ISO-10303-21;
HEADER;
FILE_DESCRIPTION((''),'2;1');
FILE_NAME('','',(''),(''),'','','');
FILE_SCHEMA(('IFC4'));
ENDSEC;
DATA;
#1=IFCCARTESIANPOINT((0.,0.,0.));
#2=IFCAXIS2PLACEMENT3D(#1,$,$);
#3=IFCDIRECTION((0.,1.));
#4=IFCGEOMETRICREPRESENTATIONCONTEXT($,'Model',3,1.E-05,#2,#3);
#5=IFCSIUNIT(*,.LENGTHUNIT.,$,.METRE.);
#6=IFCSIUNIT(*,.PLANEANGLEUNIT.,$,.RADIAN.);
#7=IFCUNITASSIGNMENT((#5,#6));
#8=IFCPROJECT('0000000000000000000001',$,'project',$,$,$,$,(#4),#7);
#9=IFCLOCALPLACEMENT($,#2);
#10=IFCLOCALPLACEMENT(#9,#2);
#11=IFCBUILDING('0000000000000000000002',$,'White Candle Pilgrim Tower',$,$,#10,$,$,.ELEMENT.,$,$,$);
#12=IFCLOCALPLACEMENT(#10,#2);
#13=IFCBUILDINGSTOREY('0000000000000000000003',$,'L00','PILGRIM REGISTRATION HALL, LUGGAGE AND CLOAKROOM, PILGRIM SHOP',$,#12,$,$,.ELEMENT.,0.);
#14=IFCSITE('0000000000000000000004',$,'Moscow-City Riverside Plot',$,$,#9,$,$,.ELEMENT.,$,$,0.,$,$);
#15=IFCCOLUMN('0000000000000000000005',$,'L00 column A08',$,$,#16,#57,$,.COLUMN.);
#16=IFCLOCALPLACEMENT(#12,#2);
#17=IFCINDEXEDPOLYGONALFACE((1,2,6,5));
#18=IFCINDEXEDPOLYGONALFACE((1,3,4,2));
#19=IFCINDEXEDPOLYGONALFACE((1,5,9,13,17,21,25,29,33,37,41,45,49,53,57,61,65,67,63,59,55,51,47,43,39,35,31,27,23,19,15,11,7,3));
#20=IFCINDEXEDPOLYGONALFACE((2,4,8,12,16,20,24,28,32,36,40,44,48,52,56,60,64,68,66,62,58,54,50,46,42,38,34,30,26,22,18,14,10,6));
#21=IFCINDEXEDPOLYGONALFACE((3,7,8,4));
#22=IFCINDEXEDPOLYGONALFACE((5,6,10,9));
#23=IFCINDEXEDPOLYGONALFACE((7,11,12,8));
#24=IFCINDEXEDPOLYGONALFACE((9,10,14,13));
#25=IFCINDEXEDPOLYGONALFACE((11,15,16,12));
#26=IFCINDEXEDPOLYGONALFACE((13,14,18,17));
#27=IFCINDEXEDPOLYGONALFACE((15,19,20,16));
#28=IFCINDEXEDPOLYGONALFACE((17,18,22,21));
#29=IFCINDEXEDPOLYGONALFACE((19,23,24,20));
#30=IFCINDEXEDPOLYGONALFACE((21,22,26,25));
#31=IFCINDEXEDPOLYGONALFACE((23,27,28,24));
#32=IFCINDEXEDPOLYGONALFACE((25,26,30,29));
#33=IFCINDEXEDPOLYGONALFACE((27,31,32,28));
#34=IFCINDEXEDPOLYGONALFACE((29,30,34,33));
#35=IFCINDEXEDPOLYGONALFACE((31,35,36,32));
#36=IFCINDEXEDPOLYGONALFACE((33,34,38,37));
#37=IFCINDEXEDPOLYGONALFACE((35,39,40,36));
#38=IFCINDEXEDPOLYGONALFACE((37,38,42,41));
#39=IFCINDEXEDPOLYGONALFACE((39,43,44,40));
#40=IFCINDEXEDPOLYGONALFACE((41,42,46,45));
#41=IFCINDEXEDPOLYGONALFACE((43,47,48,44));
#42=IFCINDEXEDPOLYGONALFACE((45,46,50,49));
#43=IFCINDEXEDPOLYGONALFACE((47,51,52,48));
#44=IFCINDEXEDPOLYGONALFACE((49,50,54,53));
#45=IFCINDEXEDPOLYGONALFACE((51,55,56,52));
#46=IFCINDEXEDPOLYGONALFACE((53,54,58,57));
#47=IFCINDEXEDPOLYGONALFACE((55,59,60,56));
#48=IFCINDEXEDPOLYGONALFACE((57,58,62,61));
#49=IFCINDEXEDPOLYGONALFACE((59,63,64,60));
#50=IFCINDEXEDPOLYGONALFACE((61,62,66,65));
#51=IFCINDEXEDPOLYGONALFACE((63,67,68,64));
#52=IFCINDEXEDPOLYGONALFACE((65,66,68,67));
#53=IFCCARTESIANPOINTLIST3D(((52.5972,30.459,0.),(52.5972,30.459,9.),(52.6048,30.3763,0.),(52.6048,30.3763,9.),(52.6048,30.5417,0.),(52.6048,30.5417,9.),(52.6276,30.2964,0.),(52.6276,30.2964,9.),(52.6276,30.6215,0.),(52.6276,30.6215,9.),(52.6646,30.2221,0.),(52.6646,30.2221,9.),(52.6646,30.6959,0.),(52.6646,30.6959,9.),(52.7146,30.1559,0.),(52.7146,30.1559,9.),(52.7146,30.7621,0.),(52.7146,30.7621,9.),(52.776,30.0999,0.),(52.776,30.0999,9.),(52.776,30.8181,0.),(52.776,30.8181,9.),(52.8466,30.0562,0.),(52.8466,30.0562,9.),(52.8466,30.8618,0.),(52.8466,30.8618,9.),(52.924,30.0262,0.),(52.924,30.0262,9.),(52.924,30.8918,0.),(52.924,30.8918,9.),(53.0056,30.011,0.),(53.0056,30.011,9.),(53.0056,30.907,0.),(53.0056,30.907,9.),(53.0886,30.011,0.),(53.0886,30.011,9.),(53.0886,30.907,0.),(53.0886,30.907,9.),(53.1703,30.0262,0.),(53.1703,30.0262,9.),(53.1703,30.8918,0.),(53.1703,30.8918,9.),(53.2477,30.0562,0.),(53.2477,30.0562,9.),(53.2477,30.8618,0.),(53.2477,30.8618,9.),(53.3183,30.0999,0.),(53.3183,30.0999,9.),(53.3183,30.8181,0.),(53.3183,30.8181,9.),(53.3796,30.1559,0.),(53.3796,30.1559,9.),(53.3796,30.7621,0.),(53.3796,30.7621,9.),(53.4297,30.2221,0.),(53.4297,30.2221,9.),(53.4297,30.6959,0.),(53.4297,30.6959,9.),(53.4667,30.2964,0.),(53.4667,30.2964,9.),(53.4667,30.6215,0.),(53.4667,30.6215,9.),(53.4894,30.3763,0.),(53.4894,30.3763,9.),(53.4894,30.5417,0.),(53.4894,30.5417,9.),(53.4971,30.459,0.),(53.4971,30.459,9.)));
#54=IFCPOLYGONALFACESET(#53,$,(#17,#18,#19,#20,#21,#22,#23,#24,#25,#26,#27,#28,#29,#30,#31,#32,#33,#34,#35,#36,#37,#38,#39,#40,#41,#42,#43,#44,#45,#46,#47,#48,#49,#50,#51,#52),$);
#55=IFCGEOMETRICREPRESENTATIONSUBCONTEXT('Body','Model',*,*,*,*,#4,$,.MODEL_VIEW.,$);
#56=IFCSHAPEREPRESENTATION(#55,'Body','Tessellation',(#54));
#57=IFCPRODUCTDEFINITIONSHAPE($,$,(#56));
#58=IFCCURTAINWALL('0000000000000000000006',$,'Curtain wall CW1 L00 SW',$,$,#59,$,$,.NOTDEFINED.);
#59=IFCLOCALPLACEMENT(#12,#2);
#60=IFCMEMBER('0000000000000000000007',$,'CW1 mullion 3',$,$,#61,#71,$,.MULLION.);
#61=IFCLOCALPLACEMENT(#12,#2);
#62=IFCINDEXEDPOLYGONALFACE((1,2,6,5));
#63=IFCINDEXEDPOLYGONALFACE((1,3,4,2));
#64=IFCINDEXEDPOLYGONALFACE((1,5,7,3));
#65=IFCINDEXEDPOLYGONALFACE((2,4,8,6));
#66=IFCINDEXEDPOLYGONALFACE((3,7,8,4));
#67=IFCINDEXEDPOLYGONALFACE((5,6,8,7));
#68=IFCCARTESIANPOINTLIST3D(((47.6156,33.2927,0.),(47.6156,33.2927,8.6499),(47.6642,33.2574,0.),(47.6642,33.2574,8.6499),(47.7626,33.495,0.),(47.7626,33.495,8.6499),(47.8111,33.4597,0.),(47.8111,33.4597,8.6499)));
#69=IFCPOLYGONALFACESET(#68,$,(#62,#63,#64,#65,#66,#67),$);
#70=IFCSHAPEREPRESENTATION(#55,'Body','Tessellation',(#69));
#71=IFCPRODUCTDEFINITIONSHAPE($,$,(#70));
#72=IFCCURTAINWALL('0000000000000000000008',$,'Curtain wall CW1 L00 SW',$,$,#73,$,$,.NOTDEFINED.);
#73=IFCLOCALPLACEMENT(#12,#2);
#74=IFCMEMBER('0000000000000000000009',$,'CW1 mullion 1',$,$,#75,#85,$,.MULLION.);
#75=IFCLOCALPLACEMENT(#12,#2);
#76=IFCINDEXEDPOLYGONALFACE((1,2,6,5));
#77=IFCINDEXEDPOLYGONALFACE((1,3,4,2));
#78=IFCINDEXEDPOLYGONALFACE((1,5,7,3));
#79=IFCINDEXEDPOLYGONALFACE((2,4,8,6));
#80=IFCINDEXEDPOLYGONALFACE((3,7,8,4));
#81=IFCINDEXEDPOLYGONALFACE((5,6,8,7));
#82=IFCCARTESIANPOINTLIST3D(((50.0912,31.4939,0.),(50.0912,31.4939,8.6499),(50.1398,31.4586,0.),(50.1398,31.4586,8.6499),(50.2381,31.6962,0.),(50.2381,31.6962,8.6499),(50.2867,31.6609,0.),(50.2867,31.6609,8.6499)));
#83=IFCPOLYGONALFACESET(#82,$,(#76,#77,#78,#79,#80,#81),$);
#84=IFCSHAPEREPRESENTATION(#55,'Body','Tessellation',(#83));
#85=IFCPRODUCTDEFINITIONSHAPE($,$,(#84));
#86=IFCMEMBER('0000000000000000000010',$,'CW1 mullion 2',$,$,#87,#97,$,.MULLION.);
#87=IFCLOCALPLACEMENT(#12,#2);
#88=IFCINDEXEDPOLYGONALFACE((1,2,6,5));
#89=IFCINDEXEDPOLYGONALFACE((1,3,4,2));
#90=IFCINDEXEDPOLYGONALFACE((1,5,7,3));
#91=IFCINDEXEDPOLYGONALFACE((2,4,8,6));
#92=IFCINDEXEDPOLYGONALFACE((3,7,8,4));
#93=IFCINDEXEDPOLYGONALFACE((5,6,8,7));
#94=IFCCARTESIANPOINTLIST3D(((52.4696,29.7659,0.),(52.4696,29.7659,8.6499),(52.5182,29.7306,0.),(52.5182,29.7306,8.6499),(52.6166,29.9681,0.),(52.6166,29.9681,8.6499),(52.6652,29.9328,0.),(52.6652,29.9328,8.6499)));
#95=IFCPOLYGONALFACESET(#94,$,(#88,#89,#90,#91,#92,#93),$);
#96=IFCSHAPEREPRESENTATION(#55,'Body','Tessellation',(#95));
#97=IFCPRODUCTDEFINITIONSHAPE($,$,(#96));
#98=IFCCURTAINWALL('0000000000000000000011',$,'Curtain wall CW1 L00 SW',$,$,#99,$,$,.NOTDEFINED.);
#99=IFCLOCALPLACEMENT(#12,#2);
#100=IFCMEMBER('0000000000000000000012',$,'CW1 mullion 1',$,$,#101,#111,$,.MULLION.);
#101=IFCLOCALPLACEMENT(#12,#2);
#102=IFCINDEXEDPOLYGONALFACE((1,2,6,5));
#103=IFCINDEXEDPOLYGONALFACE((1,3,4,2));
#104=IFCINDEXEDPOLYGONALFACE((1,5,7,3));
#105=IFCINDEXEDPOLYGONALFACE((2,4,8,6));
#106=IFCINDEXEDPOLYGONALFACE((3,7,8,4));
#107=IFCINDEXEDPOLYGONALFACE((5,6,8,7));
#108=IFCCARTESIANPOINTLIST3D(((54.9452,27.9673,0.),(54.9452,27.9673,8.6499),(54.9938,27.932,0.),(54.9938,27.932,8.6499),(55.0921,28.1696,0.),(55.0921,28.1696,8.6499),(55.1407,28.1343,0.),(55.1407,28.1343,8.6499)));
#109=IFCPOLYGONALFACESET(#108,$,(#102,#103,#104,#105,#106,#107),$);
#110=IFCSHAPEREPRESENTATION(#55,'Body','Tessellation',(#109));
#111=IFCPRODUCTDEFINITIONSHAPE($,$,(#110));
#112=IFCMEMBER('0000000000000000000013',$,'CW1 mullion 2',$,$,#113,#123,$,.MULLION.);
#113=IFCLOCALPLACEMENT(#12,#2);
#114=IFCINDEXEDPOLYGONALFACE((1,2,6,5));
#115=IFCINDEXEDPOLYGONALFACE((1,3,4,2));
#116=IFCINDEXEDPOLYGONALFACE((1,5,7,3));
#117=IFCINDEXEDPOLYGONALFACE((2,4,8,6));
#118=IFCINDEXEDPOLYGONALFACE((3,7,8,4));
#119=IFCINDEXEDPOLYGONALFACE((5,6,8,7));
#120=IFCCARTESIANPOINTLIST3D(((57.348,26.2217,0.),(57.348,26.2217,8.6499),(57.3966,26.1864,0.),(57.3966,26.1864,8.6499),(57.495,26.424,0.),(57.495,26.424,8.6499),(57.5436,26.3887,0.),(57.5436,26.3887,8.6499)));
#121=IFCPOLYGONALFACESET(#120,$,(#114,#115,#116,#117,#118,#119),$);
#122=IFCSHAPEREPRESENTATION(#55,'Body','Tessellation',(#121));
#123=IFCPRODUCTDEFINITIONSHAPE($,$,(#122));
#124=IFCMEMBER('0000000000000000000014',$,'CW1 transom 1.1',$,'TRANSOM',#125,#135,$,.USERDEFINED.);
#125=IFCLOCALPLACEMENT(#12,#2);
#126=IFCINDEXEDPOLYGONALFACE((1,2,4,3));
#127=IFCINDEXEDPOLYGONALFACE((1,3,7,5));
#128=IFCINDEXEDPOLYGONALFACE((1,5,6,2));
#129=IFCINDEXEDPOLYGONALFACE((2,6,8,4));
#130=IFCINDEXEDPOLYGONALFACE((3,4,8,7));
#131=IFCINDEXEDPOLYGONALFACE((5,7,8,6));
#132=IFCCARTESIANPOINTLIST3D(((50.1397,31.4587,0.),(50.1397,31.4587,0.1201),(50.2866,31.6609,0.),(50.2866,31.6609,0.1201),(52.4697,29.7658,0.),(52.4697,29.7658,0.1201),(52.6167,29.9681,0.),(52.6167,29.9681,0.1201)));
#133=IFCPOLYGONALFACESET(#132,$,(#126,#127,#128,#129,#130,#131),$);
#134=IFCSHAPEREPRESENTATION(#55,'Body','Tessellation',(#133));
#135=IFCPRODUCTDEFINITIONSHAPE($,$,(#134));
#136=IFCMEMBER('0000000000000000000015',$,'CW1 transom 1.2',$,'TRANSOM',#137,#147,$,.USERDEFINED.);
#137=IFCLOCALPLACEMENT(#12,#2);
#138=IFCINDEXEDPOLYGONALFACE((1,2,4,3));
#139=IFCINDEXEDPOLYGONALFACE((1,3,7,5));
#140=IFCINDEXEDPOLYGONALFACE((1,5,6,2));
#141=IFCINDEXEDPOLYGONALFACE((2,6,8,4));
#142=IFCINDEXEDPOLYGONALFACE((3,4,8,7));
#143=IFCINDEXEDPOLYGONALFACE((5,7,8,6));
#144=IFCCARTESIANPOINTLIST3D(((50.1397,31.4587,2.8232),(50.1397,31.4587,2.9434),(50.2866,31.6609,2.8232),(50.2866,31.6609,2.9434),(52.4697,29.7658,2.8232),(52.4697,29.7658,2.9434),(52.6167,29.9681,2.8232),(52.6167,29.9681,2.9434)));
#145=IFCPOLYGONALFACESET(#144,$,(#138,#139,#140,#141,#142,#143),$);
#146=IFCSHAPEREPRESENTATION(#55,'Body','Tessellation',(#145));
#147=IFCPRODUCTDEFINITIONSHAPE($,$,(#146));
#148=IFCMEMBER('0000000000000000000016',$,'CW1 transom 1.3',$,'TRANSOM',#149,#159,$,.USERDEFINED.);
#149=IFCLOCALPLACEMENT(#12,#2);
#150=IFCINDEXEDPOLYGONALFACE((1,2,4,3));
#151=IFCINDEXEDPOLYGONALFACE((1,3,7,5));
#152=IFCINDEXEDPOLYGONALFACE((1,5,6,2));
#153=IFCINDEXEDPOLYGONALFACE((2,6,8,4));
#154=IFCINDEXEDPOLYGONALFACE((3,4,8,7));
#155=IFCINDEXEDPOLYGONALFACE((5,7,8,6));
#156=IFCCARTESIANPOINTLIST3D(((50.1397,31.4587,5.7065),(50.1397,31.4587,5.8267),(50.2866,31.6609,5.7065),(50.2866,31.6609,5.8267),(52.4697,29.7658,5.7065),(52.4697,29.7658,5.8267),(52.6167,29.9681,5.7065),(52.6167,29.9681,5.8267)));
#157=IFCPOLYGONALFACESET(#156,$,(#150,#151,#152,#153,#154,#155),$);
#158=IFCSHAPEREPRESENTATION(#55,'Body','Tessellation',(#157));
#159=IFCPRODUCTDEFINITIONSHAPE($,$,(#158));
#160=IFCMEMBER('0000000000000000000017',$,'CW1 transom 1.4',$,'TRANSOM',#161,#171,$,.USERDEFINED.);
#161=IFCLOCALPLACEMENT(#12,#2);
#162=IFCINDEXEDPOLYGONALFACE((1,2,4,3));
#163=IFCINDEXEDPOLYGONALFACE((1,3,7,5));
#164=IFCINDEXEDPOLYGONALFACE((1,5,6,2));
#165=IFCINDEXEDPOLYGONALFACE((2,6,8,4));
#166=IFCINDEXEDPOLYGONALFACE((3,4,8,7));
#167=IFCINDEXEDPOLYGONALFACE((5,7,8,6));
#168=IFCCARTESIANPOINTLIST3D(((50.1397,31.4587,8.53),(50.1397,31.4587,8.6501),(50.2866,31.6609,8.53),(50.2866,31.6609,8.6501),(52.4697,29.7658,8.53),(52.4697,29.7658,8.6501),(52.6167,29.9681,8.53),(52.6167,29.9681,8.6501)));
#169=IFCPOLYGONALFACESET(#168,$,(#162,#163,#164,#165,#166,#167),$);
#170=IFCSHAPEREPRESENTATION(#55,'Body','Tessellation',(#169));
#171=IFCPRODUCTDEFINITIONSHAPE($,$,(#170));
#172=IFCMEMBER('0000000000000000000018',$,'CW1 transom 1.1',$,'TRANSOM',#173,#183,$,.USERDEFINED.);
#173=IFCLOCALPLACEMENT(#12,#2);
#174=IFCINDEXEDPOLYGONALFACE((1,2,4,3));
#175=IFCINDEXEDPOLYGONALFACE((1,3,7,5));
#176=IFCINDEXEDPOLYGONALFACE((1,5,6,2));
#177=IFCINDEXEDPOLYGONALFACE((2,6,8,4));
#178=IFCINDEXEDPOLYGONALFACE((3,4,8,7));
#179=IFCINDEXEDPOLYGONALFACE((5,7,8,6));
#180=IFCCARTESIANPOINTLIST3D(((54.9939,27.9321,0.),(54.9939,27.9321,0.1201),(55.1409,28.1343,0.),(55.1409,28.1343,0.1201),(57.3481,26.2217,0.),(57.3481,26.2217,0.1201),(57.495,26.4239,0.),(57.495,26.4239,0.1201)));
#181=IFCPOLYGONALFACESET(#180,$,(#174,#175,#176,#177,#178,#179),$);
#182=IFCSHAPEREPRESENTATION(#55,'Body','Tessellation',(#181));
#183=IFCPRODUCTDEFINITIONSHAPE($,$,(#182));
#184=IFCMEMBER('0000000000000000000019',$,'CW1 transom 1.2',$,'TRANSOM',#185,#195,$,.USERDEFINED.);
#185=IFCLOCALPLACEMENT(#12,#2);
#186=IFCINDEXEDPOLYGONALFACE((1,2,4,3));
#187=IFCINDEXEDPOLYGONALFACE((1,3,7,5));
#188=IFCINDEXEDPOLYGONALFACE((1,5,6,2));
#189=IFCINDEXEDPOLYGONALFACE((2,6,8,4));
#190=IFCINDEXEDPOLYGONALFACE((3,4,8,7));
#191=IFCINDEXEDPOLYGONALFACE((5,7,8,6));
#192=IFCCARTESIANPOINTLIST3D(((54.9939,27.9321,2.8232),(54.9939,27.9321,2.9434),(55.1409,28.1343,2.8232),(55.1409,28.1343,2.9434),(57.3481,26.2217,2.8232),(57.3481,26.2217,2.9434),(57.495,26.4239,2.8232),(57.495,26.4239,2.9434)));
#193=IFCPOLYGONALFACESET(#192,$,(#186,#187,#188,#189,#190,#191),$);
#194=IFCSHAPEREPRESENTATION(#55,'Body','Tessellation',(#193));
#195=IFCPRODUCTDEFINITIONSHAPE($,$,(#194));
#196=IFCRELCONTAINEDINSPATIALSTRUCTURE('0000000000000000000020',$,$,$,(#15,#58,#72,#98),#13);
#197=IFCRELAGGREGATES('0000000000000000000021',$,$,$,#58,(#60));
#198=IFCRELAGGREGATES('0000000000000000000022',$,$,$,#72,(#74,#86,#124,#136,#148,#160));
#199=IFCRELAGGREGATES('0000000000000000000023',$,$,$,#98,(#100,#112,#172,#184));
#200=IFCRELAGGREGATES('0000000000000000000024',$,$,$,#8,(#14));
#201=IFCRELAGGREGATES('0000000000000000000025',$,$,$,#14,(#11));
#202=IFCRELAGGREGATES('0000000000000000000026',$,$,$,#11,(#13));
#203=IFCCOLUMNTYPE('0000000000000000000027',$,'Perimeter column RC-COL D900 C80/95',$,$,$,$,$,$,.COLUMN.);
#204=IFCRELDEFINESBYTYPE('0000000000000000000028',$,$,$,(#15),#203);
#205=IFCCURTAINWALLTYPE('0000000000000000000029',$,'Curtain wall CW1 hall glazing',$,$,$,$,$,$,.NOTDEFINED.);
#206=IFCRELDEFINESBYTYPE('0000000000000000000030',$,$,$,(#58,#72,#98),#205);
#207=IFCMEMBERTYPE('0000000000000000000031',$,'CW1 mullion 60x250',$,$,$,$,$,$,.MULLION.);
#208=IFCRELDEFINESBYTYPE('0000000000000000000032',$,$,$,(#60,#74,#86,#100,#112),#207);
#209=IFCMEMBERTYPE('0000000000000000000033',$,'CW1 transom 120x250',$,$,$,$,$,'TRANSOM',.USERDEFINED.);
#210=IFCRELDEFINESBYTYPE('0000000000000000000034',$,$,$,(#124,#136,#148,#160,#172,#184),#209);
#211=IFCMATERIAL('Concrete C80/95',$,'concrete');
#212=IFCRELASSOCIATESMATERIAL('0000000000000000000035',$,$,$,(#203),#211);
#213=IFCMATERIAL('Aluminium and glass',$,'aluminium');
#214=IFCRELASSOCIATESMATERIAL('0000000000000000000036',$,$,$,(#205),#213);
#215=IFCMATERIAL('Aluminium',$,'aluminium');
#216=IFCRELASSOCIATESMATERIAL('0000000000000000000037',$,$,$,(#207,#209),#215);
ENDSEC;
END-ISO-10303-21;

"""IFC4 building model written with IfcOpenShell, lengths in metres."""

from ifc_helpers import new_model, si_unit, direction, frame, origin, origin_2d, place, context, subcontext, project, spatial, rectangle, circle, extrude, material, material_profile, profile_set, type_object, element, aggregate, save


model = new_model("IFC4")

# Units and contexts
model_context = context("Model", 3, precision=1e-05, world=origin(), true_north=direction((0.0, 1.0)))
body_context = subcontext(model_context, "Body", "Model", "MODEL_VIEW")
ifc_project = project(units=[si_unit("LENGTHUNIT", "METRE"), si_unit("PLANEANGLEUNIT", "RADIAN")], contexts=[model_context])

# Site, building, storey
site_placement = place(None, origin())
site = spatial("IfcSite", under=ifc_project, at=site_placement, Name="Moscow-City Riverside Plot", CompositionType="ELEMENT", RefElevation=0.0)
building_placement = place(site_placement, origin())
building = spatial("IfcBuilding", under=site, at=building_placement, Name="White Candle Pilgrim Tower", CompositionType="ELEMENT")
storey_placement = place(building_placement, origin())
storey = spatial("IfcBuildingStorey", under=building, at=storey_placement, Name="L00", Description="PILGRIM REGISTRATION HALL, LUGGAGE AND CLOAKROOM, PILGRIM SHOP", CompositionType="ELEMENT", Elevation=0.0)

# Column
ifc_material_1 = material(Name="Concrete C80/95", Category="concrete")
ifc_material_profile_1 = material_profile(ifc_material_1, circle(Radius=0.45, at=origin_2d()), Name="RC-COL D900")
ifc_profile_set_1 = profile_set([ifc_material_profile_1], Name="Concrete C80/95")
column_type = type_object("IfcColumnType", Name="Perimeter column RC-COL D900 C80/95", PredefinedType="COLUMN", material=ifc_profile_set_1)
column_placement = place(storey_placement, frame((53.0471, 30.459, 0.0), z_axis=(0.0, 0.0, 1.0), x_axis=(1.0, 0.0, 0.0)))
element("IfcColumn", 1, at=column_placement, inside=storey, type_object=column_type, Name="L00 column A08", PredefinedType="COLUMN", context=body_context, shape_type="SweptSolid", body=[
    extrude(circle(Radius=0.45, at=origin_2d()), origin(), (0.0, 0.0, 1.0), 9.0),
])

# Curtain wall, member
ifc_material_2 = material(Name="Aluminium and glass", Category="aluminium")
curtain_wall_type = type_object("IfcCurtainWallType", Name="Curtain wall CW1 hall glazing", PredefinedType="NOTDEFINED", material=ifc_material_2)
curtain_wall_1_placement = place(storey_placement, origin())
curtain_wall_1 = element("IfcCurtainWall", 2, at=curtain_wall_1_placement, inside=storey, type_object=curtain_wall_type, Name="Curtain wall CW1 L00 SW", PredefinedType="NOTDEFINED")
ifc_material_3 = material(Name="Aluminium", Category="aluminium")
ifc_material_profile_2 = material_profile(ifc_material_3, rectangle(XDim=0.25, YDim=0.0601, at=origin_2d()), Name="CW1 mullion 60x250")
ifc_profile_set_2 = profile_set([ifc_material_profile_2], Name="Aluminium")
member_type_1 = type_object("IfcMemberType", Name="CW1 mullion 60x250", PredefinedType="MULLION", material=ifc_profile_set_2)
member_1_placement = place(storey_placement, frame((47.7134, 33.3762, 0.0), z_axis=(0.0, 0.0, 1.0), x_axis=(0.587785, 0.809017, 0.0)))
member_1 = element("IfcMember", 3, at=member_1_placement, type_object=member_type_1, Name="CW1 mullion 3", PredefinedType="MULLION", context=body_context, shape_type="SweptSolid", body=[
    extrude(rectangle(XDim=0.25, YDim=0.0601, at=origin_2d()), origin(), (0.0, 0.0, 1.0), 8.6499),
])
aggregate(curtain_wall_1, [member_1])

# Curtain walls, members
curtain_wall_2_placement = place(storey_placement, origin())
curtain_wall_2 = element("IfcCurtainWall", 4, at=curtain_wall_2_placement, inside=storey, type_object=curtain_wall_type, Name="Curtain wall CW1 L00 SW", PredefinedType="NOTDEFINED")
member_2_placement = place(storey_placement, frame((50.189, 31.5774, 0.0), z_axis=(0.0, 0.0, 1.0), x_axis=(0.587785, 0.809017, 0.0)))
member_2 = element("IfcMember", 5, at=member_2_placement, type_object=member_type_1, Name="CW1 mullion 1", PredefinedType="MULLION", context=body_context, shape_type="SweptSolid", body=[
    extrude(rectangle(XDim=0.25, YDim=0.0601, at=origin_2d()), origin(), (0.0, 0.0, 1.0), 8.6499),
])
member_3_placement = place(storey_placement, frame((52.5674, 29.8494, 0.0), z_axis=(0.0, 0.0, 1.0), x_axis=(0.587785, 0.809017, 0.0)))
member_3 = element("IfcMember", 6, at=member_3_placement, type_object=member_type_1, Name="CW1 mullion 2", PredefinedType="MULLION", context=body_context, shape_type="SweptSolid", body=[
    extrude(rectangle(XDim=0.25, YDim=0.0601, at=origin_2d()), origin(), (0.0, 0.0, 1.0), 8.6499),
])
curtain_wall_3_placement = place(storey_placement, origin())
curtain_wall_3 = element("IfcCurtainWall", 7, at=curtain_wall_3_placement, inside=storey, type_object=curtain_wall_type, Name="Curtain wall CW1 L00 SW", PredefinedType="NOTDEFINED")
member_4_placement = place(storey_placement, frame((55.043, 28.0508, 0.0), z_axis=(0.0, 0.0, 1.0), x_axis=(0.587785, 0.809017, 0.0)))
member_4 = element("IfcMember", 8, at=member_4_placement, type_object=member_type_1, Name="CW1 mullion 1", PredefinedType="MULLION", context=body_context, shape_type="SweptSolid", body=[
    extrude(rectangle(XDim=0.25, YDim=0.0601, at=origin_2d()), origin(), (0.0, 0.0, 1.0), 8.6499),
])
member_5_placement = place(storey_placement, frame((57.4458, 26.3052, 0.0), z_axis=(0.0, 0.0, 1.0), x_axis=(0.587785, 0.809017, 0.0)))
member_5 = element("IfcMember", 9, at=member_5_placement, type_object=member_type_1, Name="CW1 mullion 2", PredefinedType="MULLION", context=body_context, shape_type="SweptSolid", body=[
    extrude(rectangle(XDim=0.25, YDim=0.0601, at=origin_2d()), origin(), (0.0, 0.0, 1.0), 8.6499),
])

# Members
ifc_material_profile_3 = material_profile(ifc_material_3, rectangle(XDim=0.25, YDim=0.1201, at=origin_2d()), Name="CW1 transom 120x250")
ifc_profile_set_3 = profile_set([ifc_material_profile_3], Name="Aluminium")
member_type_2 = type_object("IfcMemberType", Name="CW1 transom 120x250", ElementType="TRANSOM", PredefinedType="USERDEFINED", material=ifc_profile_set_3)
member_6_placement = place(storey_placement, frame((50.2131, 31.5598, 0.0601), z_axis=(0.809022, -0.587778, 0.0), x_axis=(0.587778, 0.809022, 0.0)))
member_6 = element("IfcMember", 10, at=member_6_placement, type_object=member_type_2, Name="CW1 transom 1.1", ObjectType="TRANSOM", PredefinedType="USERDEFINED", context=body_context, shape_type="SweptSolid", body=[
    extrude(rectangle(XDim=0.25, YDim=0.1201, at=origin_2d()), origin(), (0.0, 0.0, 1.0), 2.8801),
])
member_7_placement = place(storey_placement, frame((50.2131, 31.5598, 2.8833), z_axis=(0.809022, -0.587778, 0.0), x_axis=(0.587778, 0.809022, 0.0)))
member_7 = element("IfcMember", 11, at=member_7_placement, type_object=member_type_2, Name="CW1 transom 1.2", ObjectType="TRANSOM", PredefinedType="USERDEFINED", context=body_context, shape_type="SweptSolid", body=[
    extrude(rectangle(XDim=0.25, YDim=0.1201, at=origin_2d()), origin(), (0.0, 0.0, 1.0), 2.8801),
])
member_8_placement = place(storey_placement, frame((50.2131, 31.5598, 5.7666), z_axis=(0.809022, -0.587778, 0.0), x_axis=(0.587778, 0.809022, 0.0)))
member_8 = element("IfcMember", 12, at=member_8_placement, type_object=member_type_2, Name="CW1 transom 1.3", ObjectType="TRANSOM", PredefinedType="USERDEFINED", context=body_context, shape_type="SweptSolid", body=[
    extrude(rectangle(XDim=0.25, YDim=0.1201, at=origin_2d()), origin(), (0.0, 0.0, 1.0), 2.8801),
])
member_9_placement = place(storey_placement, frame((50.2131, 31.5598, 8.5901), z_axis=(0.809022, -0.587778, 0.0), x_axis=(0.587778, 0.809022, 0.0)))
member_9 = element("IfcMember", 13, at=member_9_placement, type_object=member_type_2, Name="CW1 transom 1.4", ObjectType="TRANSOM", PredefinedType="USERDEFINED", context=body_context, shape_type="SweptSolid", body=[
    extrude(rectangle(XDim=0.25, YDim=0.1201, at=origin_2d()), origin(), (0.0, 0.0, 1.0), 2.8801),
])
member_10_placement = place(storey_placement, frame((55.0674, 28.0332, 0.0601), z_axis=(0.809019, -0.587783, 0.0), x_axis=(0.587783, 0.809019, 0.0)))
member_10 = element("IfcMember", 14, at=member_10_placement, type_object=member_type_2, Name="CW1 transom 1.1", ObjectType="TRANSOM", PredefinedType="USERDEFINED", context=body_context, shape_type="SweptSolid", body=[
    extrude(rectangle(XDim=0.25, YDim=0.1201, at=origin_2d()), origin(), (0.0, 0.0, 1.0), 2.9099),
])
member_11_placement = place(storey_placement, frame((55.0674, 28.0332, 2.8833), z_axis=(0.809019, -0.587783, 0.0), x_axis=(0.587783, 0.809019, 0.0)))
member_11 = element("IfcMember", 15, at=member_11_placement, type_object=member_type_2, Name="CW1 transom 1.2", ObjectType="TRANSOM", PredefinedType="USERDEFINED", context=body_context, shape_type="SweptSolid", body=[
    extrude(rectangle(XDim=0.25, YDim=0.1201, at=origin_2d()), origin(), (0.0, 0.0, 1.0), 2.9099),
])

aggregate(curtain_wall_2, [member_2, member_3, member_6, member_7, member_8, member_9])
aggregate(curtain_wall_3, [member_4, member_5, member_10, member_11])

save(model, "model.ifc")
